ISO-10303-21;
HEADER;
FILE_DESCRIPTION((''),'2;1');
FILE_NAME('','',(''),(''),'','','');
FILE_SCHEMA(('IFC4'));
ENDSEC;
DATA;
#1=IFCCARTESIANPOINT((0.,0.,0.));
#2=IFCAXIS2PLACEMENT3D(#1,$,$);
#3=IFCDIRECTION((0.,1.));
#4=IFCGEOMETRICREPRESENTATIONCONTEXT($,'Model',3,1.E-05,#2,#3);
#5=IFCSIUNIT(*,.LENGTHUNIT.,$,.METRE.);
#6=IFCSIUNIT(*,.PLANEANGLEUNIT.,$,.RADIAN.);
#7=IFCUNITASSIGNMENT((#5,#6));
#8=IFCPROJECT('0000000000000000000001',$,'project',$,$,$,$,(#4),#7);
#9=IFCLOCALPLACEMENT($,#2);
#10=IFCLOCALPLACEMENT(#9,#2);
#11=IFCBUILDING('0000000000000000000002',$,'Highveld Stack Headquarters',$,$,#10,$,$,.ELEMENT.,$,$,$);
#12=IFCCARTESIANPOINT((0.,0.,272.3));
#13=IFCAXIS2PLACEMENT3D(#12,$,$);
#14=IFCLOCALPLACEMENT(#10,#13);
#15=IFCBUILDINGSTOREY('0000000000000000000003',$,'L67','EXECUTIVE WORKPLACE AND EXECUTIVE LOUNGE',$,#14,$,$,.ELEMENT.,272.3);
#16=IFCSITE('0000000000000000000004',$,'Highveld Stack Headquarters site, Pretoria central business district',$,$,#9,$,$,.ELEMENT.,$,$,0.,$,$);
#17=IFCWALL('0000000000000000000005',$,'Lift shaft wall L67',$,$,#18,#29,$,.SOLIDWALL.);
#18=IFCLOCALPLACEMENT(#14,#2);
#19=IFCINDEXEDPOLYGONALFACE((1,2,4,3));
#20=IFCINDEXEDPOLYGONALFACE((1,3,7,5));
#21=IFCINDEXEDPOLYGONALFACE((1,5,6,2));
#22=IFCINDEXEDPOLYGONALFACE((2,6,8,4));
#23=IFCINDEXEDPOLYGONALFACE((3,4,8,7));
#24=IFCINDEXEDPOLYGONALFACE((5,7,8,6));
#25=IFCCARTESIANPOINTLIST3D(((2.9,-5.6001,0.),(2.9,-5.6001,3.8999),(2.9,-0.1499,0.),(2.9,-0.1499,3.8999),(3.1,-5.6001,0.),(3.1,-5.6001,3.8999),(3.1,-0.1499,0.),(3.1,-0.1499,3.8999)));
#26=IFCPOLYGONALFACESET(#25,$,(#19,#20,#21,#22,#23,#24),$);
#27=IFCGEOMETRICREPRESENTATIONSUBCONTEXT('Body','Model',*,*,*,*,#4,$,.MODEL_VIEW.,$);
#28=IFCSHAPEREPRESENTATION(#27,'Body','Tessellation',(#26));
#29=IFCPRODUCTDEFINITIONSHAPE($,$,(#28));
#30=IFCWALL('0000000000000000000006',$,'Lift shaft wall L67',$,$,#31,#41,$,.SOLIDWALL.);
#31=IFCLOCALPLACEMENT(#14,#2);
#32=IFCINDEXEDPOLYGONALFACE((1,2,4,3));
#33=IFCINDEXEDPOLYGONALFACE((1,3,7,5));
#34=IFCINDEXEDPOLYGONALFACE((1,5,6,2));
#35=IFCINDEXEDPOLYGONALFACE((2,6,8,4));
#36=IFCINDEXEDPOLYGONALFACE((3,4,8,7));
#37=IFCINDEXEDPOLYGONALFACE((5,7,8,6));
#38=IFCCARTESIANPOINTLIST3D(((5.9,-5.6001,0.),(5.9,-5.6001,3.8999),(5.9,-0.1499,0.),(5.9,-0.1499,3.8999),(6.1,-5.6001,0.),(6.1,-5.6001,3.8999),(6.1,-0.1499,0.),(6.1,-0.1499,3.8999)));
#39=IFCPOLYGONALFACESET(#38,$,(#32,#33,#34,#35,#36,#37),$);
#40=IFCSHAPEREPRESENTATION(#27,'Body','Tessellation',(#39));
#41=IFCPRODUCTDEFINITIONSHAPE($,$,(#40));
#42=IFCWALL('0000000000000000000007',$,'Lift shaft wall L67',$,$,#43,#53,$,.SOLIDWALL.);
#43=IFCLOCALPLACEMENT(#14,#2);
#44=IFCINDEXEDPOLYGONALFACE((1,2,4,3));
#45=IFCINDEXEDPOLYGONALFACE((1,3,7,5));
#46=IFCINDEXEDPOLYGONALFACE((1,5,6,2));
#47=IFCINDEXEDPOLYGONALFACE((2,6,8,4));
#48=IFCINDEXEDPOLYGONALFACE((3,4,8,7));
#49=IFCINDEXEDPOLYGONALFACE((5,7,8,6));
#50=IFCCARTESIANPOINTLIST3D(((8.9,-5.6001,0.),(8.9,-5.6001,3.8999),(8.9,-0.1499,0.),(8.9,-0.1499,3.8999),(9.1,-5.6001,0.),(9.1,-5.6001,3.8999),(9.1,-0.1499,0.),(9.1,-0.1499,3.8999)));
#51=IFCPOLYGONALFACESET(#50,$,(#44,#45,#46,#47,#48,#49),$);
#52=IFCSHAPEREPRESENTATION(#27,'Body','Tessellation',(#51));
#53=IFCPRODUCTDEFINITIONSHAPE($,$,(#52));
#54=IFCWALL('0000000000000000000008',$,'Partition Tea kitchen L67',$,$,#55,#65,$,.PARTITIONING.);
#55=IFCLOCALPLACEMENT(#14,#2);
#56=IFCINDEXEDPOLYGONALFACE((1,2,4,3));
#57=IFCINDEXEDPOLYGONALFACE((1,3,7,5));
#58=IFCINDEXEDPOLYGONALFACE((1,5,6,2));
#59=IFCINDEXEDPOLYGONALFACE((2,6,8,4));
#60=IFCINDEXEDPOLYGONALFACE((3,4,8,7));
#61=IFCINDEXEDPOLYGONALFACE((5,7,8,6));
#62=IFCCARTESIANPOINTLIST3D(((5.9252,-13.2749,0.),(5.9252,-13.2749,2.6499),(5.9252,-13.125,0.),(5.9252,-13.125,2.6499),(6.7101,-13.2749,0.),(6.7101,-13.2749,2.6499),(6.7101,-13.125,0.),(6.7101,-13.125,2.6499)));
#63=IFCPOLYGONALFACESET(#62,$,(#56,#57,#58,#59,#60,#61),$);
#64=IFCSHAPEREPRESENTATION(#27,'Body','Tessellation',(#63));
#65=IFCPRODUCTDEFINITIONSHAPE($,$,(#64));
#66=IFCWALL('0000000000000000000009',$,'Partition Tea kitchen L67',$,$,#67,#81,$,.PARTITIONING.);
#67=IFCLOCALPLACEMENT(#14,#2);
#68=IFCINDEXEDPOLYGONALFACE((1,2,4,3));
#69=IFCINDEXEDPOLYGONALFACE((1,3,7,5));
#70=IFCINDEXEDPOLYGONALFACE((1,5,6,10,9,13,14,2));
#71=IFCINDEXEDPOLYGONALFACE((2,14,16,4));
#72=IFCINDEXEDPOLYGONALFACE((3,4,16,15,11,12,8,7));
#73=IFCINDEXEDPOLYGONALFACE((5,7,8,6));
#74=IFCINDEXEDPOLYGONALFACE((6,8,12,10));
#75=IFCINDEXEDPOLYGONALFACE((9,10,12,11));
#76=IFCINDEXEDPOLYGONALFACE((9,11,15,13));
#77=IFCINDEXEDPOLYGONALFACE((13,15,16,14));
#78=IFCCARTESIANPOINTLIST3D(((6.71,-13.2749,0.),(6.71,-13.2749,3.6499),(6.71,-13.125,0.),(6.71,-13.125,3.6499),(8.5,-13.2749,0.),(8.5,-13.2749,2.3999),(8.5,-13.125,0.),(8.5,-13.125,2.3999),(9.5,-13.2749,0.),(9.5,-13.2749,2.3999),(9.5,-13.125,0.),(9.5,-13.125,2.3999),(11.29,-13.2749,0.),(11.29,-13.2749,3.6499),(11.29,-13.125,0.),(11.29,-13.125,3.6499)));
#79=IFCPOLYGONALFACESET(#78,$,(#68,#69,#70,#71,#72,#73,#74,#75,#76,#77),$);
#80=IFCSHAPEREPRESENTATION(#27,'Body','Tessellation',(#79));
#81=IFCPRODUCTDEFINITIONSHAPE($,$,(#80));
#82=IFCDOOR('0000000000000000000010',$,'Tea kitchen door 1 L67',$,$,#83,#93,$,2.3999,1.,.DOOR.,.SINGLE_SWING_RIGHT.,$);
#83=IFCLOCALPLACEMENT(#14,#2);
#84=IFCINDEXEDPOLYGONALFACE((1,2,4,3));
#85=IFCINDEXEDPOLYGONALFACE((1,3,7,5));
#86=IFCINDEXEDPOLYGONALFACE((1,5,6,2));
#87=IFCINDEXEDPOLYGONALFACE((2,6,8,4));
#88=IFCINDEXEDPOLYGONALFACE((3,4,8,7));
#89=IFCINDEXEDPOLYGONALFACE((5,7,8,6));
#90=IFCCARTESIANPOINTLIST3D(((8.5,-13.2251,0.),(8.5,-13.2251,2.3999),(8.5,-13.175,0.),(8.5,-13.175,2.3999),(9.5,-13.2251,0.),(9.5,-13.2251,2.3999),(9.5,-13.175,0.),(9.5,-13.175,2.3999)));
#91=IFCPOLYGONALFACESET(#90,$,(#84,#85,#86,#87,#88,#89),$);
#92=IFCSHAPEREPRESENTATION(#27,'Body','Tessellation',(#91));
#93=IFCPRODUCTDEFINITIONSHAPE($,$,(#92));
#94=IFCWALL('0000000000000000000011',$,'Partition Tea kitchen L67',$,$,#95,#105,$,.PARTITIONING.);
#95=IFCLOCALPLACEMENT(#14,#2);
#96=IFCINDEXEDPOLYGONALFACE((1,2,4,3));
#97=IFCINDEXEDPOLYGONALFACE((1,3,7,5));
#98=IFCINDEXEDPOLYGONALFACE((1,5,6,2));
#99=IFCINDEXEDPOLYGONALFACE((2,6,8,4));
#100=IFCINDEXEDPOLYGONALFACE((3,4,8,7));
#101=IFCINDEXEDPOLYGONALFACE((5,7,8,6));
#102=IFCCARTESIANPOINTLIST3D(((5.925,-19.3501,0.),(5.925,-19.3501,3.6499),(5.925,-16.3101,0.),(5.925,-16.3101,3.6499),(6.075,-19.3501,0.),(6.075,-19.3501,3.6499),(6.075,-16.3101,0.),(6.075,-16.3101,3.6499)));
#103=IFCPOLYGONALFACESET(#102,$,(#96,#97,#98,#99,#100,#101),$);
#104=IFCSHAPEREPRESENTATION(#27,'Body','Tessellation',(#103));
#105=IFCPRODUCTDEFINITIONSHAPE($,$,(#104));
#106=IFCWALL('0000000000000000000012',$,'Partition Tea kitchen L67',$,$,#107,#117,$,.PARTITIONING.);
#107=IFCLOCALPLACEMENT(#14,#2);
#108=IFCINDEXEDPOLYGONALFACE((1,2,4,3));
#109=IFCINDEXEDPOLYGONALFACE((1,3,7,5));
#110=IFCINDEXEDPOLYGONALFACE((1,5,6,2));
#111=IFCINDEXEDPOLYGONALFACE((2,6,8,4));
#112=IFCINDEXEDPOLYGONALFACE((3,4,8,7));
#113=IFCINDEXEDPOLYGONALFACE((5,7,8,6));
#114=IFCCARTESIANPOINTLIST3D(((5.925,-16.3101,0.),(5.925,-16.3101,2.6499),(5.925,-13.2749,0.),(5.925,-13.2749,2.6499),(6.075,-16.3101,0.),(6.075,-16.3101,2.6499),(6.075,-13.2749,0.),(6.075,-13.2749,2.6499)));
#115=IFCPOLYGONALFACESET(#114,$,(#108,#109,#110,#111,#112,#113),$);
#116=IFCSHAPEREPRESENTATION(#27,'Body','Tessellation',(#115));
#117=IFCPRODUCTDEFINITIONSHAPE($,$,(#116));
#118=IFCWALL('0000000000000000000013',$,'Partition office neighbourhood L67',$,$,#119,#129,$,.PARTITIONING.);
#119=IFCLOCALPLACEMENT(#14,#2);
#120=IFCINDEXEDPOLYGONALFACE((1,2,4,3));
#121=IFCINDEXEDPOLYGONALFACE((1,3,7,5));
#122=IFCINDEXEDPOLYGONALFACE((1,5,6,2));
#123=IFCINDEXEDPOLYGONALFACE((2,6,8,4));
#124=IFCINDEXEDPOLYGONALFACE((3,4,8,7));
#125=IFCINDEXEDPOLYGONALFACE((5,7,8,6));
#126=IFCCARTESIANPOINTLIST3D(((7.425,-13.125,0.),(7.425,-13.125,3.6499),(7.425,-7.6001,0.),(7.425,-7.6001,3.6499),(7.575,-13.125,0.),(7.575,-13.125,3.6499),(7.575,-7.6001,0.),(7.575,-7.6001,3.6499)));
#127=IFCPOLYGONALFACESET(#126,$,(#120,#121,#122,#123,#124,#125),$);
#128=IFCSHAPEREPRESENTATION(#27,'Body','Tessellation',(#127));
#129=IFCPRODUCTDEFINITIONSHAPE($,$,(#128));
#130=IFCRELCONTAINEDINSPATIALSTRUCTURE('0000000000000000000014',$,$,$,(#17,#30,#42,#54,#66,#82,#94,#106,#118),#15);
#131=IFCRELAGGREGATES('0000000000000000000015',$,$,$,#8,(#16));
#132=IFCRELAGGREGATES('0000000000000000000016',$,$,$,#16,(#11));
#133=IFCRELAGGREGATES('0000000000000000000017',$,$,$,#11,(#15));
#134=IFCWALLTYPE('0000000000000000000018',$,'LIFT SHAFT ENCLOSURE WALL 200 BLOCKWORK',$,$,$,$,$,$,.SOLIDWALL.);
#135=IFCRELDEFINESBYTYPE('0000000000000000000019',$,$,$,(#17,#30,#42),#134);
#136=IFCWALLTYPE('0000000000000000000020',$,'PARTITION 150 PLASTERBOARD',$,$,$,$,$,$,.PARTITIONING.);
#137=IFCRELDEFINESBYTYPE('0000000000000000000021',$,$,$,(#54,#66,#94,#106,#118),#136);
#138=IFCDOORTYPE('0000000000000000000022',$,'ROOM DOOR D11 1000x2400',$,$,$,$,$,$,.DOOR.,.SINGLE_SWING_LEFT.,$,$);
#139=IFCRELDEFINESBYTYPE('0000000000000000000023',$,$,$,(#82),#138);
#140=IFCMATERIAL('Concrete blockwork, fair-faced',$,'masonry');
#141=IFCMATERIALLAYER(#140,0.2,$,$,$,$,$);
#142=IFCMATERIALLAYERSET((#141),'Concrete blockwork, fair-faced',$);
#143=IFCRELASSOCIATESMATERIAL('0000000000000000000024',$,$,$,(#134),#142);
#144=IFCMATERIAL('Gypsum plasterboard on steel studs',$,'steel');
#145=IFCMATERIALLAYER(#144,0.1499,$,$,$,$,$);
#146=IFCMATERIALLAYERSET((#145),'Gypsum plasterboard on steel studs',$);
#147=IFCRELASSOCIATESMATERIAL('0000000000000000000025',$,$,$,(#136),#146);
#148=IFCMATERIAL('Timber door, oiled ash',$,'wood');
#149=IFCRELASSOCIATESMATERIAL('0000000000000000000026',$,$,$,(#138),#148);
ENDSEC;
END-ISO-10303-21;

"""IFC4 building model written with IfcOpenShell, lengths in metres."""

from ifc_helpers import new_model, si_unit, direction, frame, frame_2d, origin, place, context, subcontext, project, spatial, rectangle, extrude, material, layer, layer_set, type_object, element, fill, save


model = new_model("IFC4")

# Units and contexts
model_context = context("Model", 3, precision=1e-05, world=origin(), true_north=direction((0.0, 1.0)))
body_context = subcontext(model_context, "Body", "Model", "MODEL_VIEW")
ifc_project = project(units=[si_unit("LENGTHUNIT", "METRE"), si_unit("PLANEANGLEUNIT", "RADIAN")], contexts=[model_context])

# Site, building, storey
site_placement = place(None, origin())
site = spatial("IfcSite", under=ifc_project, at=site_placement, Name="Highveld Stack Headquarters site, Pretoria central business district", CompositionType="ELEMENT", RefElevation=0.0)
building_placement = place(site_placement, origin())
building = spatial("IfcBuilding", under=site, at=building_placement, Name="Highveld Stack Headquarters", CompositionType="ELEMENT")
storey_placement = place(building_placement, frame((0.0, 0.0, 272.3)))
storey = spatial("IfcBuildingStorey", under=building, at=storey_placement, Name="L67", Description="EXECUTIVE WORKPLACE AND EXECUTIVE LOUNGE", CompositionType="ELEMENT", Elevation=272.3)

# Walls
ifc_material_1 = material(Name="Concrete blockwork, fair-faced", Category="masonry")
ifc_layer_1 = layer(ifc_material_1, 0.2)
ifc_layer_set_1 = layer_set([ifc_layer_1], Name="Concrete blockwork, fair-faced")
wall_type_1 = type_object("IfcWallType", Name="LIFT SHAFT ENCLOSURE WALL 200 BLOCKWORK", PredefinedType="SOLIDWALL", material=ifc_layer_set_1)
for number, where, z_axis, x_axis, name in (
    (1, (3.0, -5.6001, 0.0), (0.0, 0.0, 1.0), (0.0, 1.0, 0.0), "Lift shaft wall L67"),
    (2, (6.0, -5.6001, 0.0), (0.0, 0.0, 1.0), (0.0, 1.0, 0.0), "Lift shaft wall L67"),
    (3, (9.0, -5.6001, 0.0), (0.0, 0.0, 1.0), (0.0, 1.0, 0.0), "Lift shaft wall L67"),
):
    element("IfcWall", number, at=place(storey_placement, frame(where, z_axis=z_axis, x_axis=x_axis)), inside=storey, type_object=wall_type_1, Name=name, PredefinedType="SOLIDWALL", context=body_context, shape_type="SweptSolid", body=[
        extrude(rectangle(XDim=5.4502, YDim=0.2, at=frame_2d((2.7251, 0.0))), origin(), (0.0, 0.0, 1.0), 3.8999),
    ])
ifc_material_2 = material(Name="Gypsum plasterboard on steel studs", Category="steel")
ifc_layer_2 = layer(ifc_material_2, 0.1499)
ifc_layer_set_2 = layer_set([ifc_layer_2], Name="Gypsum plasterboard on steel studs")
wall_type_2 = type_object("IfcWallType", Name="PARTITION 150 PLASTERBOARD", PredefinedType="PARTITIONING", material=ifc_layer_set_2)
wall_1_placement = place(storey_placement, frame((5.925, -13.2, 0.0), z_axis=(0.0, 0.0, 1.0), x_axis=(1.0, 0.0, 0.0)))
element("IfcWall", 4, at=wall_1_placement, inside=storey, type_object=wall_type_2, Name="Partition Tea kitchen L67", PredefinedType="PARTITIONING", context=body_context, shape_type="SweptSolid", body=[
    extrude(rectangle(XDim=0.7849, YDim=0.1499, at=frame_2d((0.3926, 0.0))), origin(), (0.0, 0.0, 1.0), 2.6499),
])

# Wall, opening, door
wall_2_placement = place(storey_placement, frame((6.71, -13.2, 0.0), z_axis=(0.0, 0.0, 1.0), x_axis=(1.0, 0.0, 0.0)))
wall_2 = element("IfcWall", 5, at=wall_2_placement, inside=storey, type_object=wall_type_2, Name="Partition Tea kitchen L67", PredefinedType="PARTITIONING", context=body_context, shape_type="SweptSolid", body=[
    extrude(rectangle(XDim=4.5801, YDim=0.1499, at=frame_2d((2.29, 0.0))), origin(), (0.0, 0.0, 1.0), 3.6499),
])
opening_placement = place(wall_2_placement, frame((1.79, 0.0, 0.0)))
opening = element("IfcOpeningElement", 6, at=opening_placement, cuts=wall_2, PredefinedType="OPENING", context=body_context, shape_type="SweptSolid", body=[
    extrude(rectangle(XDim=1.0, YDim=2.3999, at=frame_2d((0.5, 1.2))), frame((0.0, 0.085, 0.0), z_axis=(0.0, -1.0, 0.0), x_axis=(1.0, 0.0, 0.0)), (0.0, 0.0, 1.0), 0.1699),
])
ifc_material_3 = material(Name="Timber door, oiled ash", Category="wood")
door_type = type_object("IfcDoorType", Name="ROOM DOOR D11 1000x2400", OperationType="SINGLE_SWING_LEFT", PredefinedType="DOOR", material=ifc_material_3)
door_placement = place(opening_placement, origin())
door = element("IfcDoor", 7, at=door_placement, inside=storey, type_object=door_type, Name="Tea kitchen door 1 L67", OperationType="SINGLE_SWING_RIGHT", OverallHeight=2.3999, OverallWidth=1.0, PredefinedType="DOOR", context=body_context, shape_type="SweptSolid", body=[
    extrude(rectangle(XDim=1.0, YDim=2.3999, at=frame_2d((0.5, 1.2))), frame((0.0, 0.0249, 0.0), z_axis=(0.0, -1.0, 0.0), x_axis=(1.0, 0.0, 0.0)), (0.0, 0.0, 1.0), 0.05),
])
fill(opening, door)

# Walls
wall_3_placement = place(storey_placement, frame((6.0, -19.3501, 0.0), z_axis=(0.0, 0.0, 1.0), x_axis=(0.0, 1.0, 0.0)))
element("IfcWall", 8, at=wall_3_placement, inside=storey, type_object=wall_type_2, Name="Partition Tea kitchen L67", PredefinedType="PARTITIONING", context=body_context, shape_type="SweptSolid", body=[
    extrude(rectangle(XDim=3.04, YDim=0.1499, at=frame_2d((1.52, 0.0))), origin(), (0.0, 0.0, 1.0), 3.6499),
])
wall_4_placement = place(storey_placement, frame((6.0, -16.3101, 0.0), z_axis=(0.0, 0.0, 1.0), x_axis=(0.0, 1.0, 0.0)))
element("IfcWall", 9, at=wall_4_placement, inside=storey, type_object=wall_type_2, Name="Partition Tea kitchen L67", PredefinedType="PARTITIONING", context=body_context, shape_type="SweptSolid", body=[
    extrude(rectangle(XDim=3.0352, YDim=0.1499, at=frame_2d((1.5176, 0.0))), origin(), (0.0, 0.0, 1.0), 2.6499),
])
wall_5_placement = place(storey_placement, frame((7.5, -13.125, 0.0), z_axis=(0.0, 0.0, 1.0), x_axis=(0.0, 1.0, 0.0)))
element("IfcWall", 10, at=wall_5_placement, inside=storey, type_object=wall_type_2, Name="Partition office neighbourhood L67", PredefinedType="PARTITIONING", context=body_context, shape_type="SweptSolid", body=[
    extrude(rectangle(XDim=5.5249, YDim=0.1499, at=frame_2d((2.7625, 0.0))), origin(), (0.0, 0.0, 1.0), 3.6499),
])

save(model, "model.ifc")
